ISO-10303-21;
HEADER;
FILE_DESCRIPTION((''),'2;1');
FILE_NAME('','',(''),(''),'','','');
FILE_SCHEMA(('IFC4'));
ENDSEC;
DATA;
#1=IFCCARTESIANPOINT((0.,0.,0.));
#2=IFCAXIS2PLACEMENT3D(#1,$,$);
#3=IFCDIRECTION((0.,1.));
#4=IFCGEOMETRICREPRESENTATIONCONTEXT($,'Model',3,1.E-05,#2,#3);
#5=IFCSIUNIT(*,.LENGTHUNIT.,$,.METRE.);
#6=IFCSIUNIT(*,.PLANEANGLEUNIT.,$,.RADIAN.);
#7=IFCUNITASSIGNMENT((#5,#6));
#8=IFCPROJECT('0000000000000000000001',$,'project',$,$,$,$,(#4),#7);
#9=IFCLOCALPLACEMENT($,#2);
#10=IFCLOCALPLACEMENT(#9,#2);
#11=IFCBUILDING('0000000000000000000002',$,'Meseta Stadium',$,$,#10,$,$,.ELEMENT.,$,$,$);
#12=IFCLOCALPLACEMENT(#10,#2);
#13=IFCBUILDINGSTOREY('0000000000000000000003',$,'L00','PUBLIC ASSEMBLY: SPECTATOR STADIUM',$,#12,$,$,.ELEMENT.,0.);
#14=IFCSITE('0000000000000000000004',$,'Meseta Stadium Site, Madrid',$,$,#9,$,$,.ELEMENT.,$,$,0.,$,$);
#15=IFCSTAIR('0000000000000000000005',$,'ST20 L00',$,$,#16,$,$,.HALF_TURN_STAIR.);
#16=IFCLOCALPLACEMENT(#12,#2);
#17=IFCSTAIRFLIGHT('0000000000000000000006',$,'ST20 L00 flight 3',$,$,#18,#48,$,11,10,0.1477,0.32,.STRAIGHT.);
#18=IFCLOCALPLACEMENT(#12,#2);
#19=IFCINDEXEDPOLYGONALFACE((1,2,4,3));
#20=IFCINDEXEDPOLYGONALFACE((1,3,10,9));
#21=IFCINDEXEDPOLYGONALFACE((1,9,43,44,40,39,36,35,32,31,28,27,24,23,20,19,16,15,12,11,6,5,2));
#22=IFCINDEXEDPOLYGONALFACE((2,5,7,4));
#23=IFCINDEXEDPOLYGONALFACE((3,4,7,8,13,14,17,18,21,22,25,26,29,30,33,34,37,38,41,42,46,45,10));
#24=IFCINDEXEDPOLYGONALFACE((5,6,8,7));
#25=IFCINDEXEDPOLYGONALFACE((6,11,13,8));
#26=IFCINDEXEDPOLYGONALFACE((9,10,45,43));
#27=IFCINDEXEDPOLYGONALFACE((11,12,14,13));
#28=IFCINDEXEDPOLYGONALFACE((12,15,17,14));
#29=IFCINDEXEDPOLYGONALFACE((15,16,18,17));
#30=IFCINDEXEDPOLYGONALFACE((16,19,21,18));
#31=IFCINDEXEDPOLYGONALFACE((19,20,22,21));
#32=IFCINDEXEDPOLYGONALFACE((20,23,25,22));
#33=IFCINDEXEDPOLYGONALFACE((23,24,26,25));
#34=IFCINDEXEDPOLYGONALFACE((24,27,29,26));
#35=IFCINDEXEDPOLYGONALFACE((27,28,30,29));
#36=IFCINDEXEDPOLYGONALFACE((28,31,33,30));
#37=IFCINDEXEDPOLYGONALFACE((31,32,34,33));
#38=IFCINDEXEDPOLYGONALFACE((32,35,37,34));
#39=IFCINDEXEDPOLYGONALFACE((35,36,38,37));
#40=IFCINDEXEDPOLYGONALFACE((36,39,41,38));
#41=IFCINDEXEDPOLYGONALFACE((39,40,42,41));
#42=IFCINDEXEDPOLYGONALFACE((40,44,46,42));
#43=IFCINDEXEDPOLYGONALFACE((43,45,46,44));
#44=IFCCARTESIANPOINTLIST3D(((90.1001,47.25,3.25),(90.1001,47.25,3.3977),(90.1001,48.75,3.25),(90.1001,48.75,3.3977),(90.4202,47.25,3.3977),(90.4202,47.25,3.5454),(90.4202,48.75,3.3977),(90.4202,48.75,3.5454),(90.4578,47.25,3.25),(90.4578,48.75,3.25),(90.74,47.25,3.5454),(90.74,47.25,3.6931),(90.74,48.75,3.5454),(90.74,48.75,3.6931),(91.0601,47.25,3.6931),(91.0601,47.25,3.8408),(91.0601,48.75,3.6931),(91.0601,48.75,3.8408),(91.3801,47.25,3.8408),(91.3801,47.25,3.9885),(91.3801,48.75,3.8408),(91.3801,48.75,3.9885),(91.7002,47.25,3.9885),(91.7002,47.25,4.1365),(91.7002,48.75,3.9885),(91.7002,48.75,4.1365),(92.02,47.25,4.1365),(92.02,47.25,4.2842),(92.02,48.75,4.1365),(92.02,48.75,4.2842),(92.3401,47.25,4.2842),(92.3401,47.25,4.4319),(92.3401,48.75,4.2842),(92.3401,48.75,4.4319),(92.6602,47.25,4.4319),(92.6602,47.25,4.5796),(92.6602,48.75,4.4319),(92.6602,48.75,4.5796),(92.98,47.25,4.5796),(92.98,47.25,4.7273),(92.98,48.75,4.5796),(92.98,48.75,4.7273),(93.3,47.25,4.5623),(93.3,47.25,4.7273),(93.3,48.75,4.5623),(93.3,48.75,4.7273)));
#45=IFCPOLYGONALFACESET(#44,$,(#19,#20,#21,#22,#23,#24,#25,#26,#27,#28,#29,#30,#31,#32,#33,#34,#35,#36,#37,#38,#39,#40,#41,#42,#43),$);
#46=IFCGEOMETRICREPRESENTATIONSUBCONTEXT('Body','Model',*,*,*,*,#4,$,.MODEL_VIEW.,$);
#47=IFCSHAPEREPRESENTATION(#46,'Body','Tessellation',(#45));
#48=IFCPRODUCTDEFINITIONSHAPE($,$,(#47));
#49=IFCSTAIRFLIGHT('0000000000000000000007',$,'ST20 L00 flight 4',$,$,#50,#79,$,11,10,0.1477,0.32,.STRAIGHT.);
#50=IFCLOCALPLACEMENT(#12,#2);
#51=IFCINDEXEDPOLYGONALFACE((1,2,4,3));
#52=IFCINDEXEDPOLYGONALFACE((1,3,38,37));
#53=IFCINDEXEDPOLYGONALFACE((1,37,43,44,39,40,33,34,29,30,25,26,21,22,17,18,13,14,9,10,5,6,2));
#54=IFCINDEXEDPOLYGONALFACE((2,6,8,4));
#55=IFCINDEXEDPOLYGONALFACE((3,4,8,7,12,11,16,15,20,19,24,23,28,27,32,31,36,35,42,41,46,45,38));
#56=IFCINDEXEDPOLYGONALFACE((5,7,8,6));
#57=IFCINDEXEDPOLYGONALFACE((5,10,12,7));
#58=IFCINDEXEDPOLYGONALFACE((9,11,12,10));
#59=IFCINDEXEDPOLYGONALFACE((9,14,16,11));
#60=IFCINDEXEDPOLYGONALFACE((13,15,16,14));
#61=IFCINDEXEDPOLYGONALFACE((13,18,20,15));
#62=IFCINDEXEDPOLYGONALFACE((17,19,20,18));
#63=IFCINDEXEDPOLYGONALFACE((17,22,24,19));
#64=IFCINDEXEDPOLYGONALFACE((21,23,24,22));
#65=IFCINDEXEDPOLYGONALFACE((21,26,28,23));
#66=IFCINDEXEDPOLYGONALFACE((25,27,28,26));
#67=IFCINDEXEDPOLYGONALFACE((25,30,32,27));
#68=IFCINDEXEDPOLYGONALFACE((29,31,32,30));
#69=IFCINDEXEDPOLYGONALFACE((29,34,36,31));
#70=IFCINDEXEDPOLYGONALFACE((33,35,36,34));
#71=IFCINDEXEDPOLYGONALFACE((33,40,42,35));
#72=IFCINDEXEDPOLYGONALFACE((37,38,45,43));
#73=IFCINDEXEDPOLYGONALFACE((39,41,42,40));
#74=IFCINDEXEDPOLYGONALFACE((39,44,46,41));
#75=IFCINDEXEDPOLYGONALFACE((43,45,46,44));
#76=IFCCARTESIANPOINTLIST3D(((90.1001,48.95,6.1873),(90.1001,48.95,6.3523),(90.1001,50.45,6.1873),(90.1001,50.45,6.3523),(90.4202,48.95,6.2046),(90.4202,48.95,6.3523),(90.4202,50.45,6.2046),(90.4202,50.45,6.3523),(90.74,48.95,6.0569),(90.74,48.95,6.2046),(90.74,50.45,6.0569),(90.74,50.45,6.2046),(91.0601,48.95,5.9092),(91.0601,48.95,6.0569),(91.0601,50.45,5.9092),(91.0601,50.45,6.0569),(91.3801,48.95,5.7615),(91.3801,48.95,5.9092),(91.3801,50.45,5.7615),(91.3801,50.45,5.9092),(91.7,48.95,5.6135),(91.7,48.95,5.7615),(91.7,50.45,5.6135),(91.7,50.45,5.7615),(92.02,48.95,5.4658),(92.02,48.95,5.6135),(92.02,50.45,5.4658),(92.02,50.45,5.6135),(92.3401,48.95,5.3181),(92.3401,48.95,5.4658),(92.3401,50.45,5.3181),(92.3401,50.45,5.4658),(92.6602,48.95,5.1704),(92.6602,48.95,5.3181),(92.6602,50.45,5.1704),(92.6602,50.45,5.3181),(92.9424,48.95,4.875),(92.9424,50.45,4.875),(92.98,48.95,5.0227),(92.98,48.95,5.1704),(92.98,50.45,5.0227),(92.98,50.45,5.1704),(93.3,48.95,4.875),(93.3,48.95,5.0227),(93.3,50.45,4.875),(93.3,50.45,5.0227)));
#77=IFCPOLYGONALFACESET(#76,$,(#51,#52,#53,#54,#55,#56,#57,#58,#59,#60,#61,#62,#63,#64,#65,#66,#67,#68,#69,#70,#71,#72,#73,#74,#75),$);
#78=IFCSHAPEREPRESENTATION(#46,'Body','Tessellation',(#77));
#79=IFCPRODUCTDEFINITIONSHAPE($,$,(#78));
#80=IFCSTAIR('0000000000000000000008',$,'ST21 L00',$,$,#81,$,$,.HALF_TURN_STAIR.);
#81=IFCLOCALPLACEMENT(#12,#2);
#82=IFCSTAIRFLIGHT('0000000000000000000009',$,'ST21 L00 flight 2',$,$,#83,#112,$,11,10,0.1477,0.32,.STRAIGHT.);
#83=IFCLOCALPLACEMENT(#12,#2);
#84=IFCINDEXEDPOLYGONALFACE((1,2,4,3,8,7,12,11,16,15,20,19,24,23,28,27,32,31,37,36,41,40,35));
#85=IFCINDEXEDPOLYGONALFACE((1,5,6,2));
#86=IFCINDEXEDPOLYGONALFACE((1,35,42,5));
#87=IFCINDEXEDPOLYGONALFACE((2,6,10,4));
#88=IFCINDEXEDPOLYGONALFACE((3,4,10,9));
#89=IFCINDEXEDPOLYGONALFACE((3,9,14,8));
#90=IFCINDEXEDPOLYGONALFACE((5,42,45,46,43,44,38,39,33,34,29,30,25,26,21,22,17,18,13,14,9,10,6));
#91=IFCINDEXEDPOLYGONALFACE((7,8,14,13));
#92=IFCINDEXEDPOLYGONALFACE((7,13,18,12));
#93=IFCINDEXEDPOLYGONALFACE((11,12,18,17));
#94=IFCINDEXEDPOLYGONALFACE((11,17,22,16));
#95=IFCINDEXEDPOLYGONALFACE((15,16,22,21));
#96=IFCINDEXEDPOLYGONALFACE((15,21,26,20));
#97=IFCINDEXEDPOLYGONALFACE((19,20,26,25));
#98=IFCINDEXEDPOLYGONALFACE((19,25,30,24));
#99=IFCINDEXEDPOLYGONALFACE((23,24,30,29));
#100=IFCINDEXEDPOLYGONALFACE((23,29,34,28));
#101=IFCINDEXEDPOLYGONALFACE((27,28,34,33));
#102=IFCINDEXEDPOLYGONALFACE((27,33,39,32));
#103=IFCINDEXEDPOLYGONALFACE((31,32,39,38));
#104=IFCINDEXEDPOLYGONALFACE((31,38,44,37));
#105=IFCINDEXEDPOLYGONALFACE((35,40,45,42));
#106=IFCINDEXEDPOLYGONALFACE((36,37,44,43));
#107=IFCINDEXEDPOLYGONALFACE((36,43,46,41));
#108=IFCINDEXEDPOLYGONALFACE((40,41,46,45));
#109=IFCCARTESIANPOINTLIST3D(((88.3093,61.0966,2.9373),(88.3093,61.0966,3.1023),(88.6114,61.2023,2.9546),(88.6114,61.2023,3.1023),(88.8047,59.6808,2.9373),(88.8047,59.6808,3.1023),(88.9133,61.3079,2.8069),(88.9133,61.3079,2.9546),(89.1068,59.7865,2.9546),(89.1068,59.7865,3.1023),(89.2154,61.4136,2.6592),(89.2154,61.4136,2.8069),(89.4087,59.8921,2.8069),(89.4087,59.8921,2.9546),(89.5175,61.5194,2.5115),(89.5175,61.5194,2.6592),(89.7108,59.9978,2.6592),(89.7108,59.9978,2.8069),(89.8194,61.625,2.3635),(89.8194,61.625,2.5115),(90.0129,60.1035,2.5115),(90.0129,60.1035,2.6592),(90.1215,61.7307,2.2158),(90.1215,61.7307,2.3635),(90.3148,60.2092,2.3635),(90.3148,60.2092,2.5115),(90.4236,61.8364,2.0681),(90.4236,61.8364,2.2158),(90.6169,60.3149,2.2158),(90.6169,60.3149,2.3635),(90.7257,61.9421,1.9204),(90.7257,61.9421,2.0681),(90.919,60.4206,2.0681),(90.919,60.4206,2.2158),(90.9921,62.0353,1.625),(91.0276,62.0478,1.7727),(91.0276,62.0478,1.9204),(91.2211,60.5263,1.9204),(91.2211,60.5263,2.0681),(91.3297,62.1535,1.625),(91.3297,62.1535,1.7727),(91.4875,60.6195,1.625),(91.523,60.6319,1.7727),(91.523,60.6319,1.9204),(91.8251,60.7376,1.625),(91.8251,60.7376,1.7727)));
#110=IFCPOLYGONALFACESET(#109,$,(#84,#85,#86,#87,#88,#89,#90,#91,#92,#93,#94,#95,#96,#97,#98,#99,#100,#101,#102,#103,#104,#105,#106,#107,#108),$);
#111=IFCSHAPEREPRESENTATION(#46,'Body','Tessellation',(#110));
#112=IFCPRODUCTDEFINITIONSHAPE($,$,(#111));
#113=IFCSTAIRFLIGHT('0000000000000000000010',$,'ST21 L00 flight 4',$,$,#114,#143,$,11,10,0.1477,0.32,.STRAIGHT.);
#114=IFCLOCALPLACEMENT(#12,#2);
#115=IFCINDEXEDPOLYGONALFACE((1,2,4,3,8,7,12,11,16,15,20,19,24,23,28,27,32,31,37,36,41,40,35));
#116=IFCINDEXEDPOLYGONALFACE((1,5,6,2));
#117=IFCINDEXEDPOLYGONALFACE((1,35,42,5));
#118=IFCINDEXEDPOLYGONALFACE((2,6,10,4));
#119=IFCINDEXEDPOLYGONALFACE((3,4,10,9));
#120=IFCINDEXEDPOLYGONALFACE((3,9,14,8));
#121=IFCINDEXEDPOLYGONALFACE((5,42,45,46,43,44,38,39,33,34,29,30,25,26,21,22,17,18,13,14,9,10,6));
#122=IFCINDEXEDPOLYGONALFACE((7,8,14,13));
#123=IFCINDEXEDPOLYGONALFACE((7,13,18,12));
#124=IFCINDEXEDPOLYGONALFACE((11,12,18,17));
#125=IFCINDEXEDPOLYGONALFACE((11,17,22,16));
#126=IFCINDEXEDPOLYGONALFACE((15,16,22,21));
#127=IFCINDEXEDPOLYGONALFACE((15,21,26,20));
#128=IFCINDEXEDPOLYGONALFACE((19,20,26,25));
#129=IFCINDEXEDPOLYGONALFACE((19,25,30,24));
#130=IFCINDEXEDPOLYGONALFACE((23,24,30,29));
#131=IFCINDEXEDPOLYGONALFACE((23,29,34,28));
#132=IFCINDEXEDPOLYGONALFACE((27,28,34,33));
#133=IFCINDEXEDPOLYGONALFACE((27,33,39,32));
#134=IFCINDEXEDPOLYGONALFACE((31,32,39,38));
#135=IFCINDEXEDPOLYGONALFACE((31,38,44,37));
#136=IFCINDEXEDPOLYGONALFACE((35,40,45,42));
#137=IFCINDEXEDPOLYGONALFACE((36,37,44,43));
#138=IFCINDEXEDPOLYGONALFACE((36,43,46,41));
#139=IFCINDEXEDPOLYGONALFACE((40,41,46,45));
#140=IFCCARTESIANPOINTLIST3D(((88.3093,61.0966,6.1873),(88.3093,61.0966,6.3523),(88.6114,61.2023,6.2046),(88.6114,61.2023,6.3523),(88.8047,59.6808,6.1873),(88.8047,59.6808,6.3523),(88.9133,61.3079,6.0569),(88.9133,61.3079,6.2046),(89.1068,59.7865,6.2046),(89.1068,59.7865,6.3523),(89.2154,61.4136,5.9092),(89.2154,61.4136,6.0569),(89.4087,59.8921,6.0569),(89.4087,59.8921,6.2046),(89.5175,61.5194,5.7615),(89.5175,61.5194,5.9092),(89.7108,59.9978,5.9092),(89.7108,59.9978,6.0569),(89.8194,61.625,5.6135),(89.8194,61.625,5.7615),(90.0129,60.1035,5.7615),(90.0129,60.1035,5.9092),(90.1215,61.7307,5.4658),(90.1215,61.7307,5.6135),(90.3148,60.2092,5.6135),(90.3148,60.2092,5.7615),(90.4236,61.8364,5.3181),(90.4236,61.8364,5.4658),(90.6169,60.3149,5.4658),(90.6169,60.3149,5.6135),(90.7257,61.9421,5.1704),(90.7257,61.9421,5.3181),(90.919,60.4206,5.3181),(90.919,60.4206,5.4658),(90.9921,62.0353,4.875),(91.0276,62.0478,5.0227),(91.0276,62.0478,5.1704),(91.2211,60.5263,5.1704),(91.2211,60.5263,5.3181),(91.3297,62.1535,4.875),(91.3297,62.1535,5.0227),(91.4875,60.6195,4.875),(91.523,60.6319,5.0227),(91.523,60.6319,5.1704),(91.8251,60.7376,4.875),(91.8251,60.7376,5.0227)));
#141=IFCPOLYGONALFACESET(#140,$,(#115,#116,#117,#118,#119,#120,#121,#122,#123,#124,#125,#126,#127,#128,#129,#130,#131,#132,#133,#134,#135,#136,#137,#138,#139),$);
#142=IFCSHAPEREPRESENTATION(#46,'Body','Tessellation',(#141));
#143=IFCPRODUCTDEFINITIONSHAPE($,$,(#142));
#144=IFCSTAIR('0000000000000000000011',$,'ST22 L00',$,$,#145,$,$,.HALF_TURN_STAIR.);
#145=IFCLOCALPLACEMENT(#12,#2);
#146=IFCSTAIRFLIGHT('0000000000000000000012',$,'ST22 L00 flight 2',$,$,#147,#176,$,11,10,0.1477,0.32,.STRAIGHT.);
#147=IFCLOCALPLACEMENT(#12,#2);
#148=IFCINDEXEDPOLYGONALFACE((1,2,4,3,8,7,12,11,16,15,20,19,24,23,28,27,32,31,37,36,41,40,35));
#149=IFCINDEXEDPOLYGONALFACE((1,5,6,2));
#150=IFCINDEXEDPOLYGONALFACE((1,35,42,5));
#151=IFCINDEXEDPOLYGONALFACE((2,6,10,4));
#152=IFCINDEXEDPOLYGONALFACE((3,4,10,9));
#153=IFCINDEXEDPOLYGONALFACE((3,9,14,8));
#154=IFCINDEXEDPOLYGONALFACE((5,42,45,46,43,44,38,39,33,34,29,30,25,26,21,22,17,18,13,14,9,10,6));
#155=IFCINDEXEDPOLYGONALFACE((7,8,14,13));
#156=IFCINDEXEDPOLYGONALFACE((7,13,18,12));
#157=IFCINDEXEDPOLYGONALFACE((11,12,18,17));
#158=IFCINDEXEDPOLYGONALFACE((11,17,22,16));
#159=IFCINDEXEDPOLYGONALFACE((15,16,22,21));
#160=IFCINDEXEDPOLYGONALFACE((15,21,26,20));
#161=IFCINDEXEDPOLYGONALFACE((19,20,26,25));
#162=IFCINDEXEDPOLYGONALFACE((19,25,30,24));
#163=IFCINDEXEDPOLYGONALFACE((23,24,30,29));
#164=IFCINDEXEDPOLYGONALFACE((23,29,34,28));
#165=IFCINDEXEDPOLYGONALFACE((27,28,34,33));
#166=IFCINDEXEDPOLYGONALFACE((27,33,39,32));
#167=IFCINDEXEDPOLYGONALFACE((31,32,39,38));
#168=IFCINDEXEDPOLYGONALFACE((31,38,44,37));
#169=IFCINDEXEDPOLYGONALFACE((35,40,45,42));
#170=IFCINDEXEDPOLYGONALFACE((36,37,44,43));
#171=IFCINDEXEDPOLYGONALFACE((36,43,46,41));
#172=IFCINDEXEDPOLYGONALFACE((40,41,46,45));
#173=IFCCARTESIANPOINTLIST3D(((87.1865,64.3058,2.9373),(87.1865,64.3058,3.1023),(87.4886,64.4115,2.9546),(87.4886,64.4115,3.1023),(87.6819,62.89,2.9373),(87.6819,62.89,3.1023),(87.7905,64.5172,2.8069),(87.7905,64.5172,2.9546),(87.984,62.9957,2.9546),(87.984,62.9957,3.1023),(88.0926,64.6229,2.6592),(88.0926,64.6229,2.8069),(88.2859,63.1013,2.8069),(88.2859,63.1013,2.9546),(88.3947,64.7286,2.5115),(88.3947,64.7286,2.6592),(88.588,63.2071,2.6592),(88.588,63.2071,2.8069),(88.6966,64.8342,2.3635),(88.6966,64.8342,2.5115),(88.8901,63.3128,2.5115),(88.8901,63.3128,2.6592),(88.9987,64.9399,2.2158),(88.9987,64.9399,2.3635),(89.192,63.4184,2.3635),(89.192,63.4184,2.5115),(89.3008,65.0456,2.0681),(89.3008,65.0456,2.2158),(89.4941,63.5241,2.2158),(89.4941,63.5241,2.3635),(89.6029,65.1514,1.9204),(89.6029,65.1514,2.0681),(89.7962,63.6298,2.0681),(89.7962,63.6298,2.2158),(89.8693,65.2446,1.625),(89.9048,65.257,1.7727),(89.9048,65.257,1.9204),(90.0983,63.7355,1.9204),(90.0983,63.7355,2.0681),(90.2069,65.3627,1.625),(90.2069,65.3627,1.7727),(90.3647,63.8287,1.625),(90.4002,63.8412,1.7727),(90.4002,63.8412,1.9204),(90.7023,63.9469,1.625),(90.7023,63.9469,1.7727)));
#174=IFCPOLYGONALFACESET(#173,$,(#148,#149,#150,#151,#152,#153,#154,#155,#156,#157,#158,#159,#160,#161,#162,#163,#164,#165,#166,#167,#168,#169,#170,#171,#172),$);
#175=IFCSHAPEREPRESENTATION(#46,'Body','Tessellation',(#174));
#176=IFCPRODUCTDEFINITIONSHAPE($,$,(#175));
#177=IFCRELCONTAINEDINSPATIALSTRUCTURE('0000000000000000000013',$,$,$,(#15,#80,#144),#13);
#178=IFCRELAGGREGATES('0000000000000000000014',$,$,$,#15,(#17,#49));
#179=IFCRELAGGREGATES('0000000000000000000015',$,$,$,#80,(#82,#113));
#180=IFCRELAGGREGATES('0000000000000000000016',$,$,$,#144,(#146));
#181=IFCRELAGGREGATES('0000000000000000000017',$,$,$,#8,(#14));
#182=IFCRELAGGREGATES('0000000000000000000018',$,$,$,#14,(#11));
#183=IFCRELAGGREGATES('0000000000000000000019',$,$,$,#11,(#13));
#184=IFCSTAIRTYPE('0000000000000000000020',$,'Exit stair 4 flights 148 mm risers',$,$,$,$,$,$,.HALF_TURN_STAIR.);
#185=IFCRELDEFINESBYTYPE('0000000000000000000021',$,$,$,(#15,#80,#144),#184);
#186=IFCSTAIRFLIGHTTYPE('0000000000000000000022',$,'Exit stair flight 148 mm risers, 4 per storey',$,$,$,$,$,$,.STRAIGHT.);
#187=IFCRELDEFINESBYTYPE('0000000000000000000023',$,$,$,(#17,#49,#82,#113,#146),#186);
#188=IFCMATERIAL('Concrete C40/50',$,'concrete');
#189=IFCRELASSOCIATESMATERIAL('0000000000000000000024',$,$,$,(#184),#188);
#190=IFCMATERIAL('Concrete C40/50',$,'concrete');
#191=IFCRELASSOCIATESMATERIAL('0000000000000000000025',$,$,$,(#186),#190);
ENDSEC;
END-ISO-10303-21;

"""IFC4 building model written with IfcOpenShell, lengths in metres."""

from ifc_helpers import new_model, si_unit, direction, frame, origin, place, context, subcontext, project, spatial, polyline, outline, extrude, material, type_object, element, aggregate, save


model = new_model("IFC4")

# Units and contexts
model_context = context("Model", 3, precision=1e-05, world=origin(), true_north=direction((0.0, 1.0)))
body_context = subcontext(model_context, "Body", "Model", "MODEL_VIEW")
ifc_project = project(units=[si_unit("LENGTHUNIT", "METRE"), si_unit("PLANEANGLEUNIT", "RADIAN")], contexts=[model_context])

# Site, building, storey
site_placement = place(None, origin())
site = spatial("IfcSite", under=ifc_project, at=site_placement, Name="Meseta Stadium Site, Madrid", CompositionType="ELEMENT", RefElevation=0.0)
building_placement = place(site_placement, origin())
building = spatial("IfcBuilding", under=site, at=building_placement, Name="Meseta Stadium", CompositionType="ELEMENT")
storey_placement = place(building_placement, origin())
storey = spatial("IfcBuildingStorey", under=building, at=storey_placement, Name="L00", Description="PUBLIC ASSEMBLY: SPECTATOR STADIUM", CompositionType="ELEMENT", Elevation=0.0)

# Stairs, stair flights
ifc_material_1 = material(Name="Concrete C40/50", Category="concrete")
stair_type = type_object("IfcStairType", Name="Exit stair 4 flights 148 mm risers", PredefinedType="HALF_TURN_STAIR", material=ifc_material_1)
stair_1_placement = place(storey_placement, origin())
stair_1 = element("IfcStair", 1, at=stair_1_placement, inside=storey, type_object=stair_type, Name="ST20 L00", PredefinedType="HALF_TURN_STAIR")
ifc_material_2 = material(Name="Concrete C40/50", Category="concrete")
stair_flight_type = type_object("IfcStairFlightType", Name="Exit stair flight 148 mm risers, 4 per storey", PredefinedType="STRAIGHT", material=ifc_material_2)
stair_flight_1_placement = place(storey_placement, frame((90.1001, 48.0, 3.25), z_axis=(0.0, 0.0, 1.0), x_axis=(1.0, 0.0, 0.0)))
stair_flight_1 = element("IfcStairFlight", 2, at=stair_flight_1_placement, type_object=stair_flight_type, Name="ST20 L00 flight 3", NumberOfRisers=11, NumberOfTreads=10, PredefinedType="STRAIGHT", RiserHeight=0.1477, TreadLength=0.32, context=body_context, shape_type="SweptSolid", body=[
    extrude(outline(polyline([(0.0, 0.0), (0.0, 0.1477), (0.3201, 0.1477), (0.3201, 0.2954), (0.6399, 0.2954), (0.6399, 0.4431), (0.96, 0.4431), (0.96, 0.5908), (1.28, 0.5908), (1.28, 0.7385), (1.6001, 0.7385), (1.6001, 0.8865), (1.9199, 0.8865), (1.9199, 1.0342), (2.24, 1.0342), (2.24, 1.1819), (2.5601, 1.1819), (2.5601, 1.3296), (2.8799, 1.3296), (2.8799, 1.4773), (3.2, 1.4773), (3.2, 1.3123), (0.3577, 0.0), (0.0, 0.0)])), frame((0.0, 0.75, 0.0), z_axis=(0.0, -1.0, 0.0), x_axis=(1.0, 0.0, 0.0)), (0.0, 0.0, 1.0), 1.5),
])
stair_flight_2_placement = place(storey_placement, frame((93.3, 49.7, 4.875), z_axis=(0.0, 0.0, 1.0), x_axis=(-1.0, 0.0, 0.0)))
stair_flight_2 = element("IfcStairFlight", 3, at=stair_flight_2_placement, type_object=stair_flight_type, Name="ST20 L00 flight 4", NumberOfRisers=11, NumberOfTreads=10, PredefinedType="STRAIGHT", RiserHeight=0.1477, TreadLength=0.32, context=body_context, shape_type="SweptSolid", body=[
    extrude(outline(polyline([(0.0, 0.0), (0.0, 0.1477), (0.3201, 0.1477), (0.3201, 0.2954), (0.6399, 0.2954), (0.6399, 0.4431), (0.96, 0.4431), (0.96, 0.5908), (1.28, 0.5908), (1.28, 0.7385), (1.6001, 0.7385), (1.6001, 0.8865), (1.9199, 0.8865), (1.9199, 1.0342), (2.24, 1.0342), (2.24, 1.1819), (2.5601, 1.1819), (2.5601, 1.3296), (2.8799, 1.3296), (2.8799, 1.4773), (3.2, 1.4773), (3.2, 1.3123), (0.3577, 0.0), (0.0, 0.0)])), frame((0.0, 0.75, 0.0), z_axis=(0.0, -1.0, 0.0), x_axis=(1.0, 0.0, 0.0)), (0.0, 0.0, 1.0), 1.5),
])
aggregate(stair_1, [stair_flight_1, stair_flight_2])
stair_2_placement = place(storey_placement, origin())
stair_2 = element("IfcStair", 4, at=stair_2_placement, inside=storey, type_object=stair_type, Name="ST21 L00", PredefinedType="HALF_TURN_STAIR")
stair_flight_3_placement = place(storey_placement, frame((91.5774, 61.4456, 1.625), z_axis=(0.0, 0.0, 1.0), x_axis=(-0.943883, -0.330279, 0.0)))
stair_flight_3 = element("IfcStairFlight", 5, at=stair_flight_3_placement, type_object=stair_flight_type, Name="ST21 L00 flight 2", NumberOfRisers=11, NumberOfTreads=10, PredefinedType="STRAIGHT", RiserHeight=0.1477, TreadLength=0.32, context=body_context, shape_type="SweptSolid", body=[
    extrude(outline(polyline([(0.0, 0.0), (0.0, 0.1477), (0.3201, 0.1477), (0.3201, 0.2954), (0.6399, 0.2954), (0.6399, 0.4431), (0.96, 0.4431), (0.96, 0.5908), (1.28, 0.5908), (1.28, 0.7385), (1.6001, 0.7385), (1.6001, 0.8865), (1.9199, 0.8865), (1.9199, 1.0342), (2.24, 1.0342), (2.24, 1.1819), (2.5601, 1.1819), (2.5601, 1.3296), (2.8799, 1.3296), (2.8799, 1.4773), (3.2, 1.4773), (3.2, 1.3123), (0.3577, 0.0), (0.0, 0.0)])), frame((0.0, 0.75, 0.0), z_axis=(0.0, -1.0, 0.0), x_axis=(1.0, 0.0, 0.0)), (0.0, 0.0, 1.0), 1.5),
])
stair_flight_4_placement = place(storey_placement, frame((91.5774, 61.4456, 4.875), z_axis=(0.0, 0.0, 1.0), x_axis=(-0.943883, -0.330279, 0.0)))
stair_flight_4 = element("IfcStairFlight", 6, at=stair_flight_4_placement, type_object=stair_flight_type, Name="ST21 L00 flight 4", NumberOfRisers=11, NumberOfTreads=10, PredefinedType="STRAIGHT", RiserHeight=0.1477, TreadLength=0.32, context=body_context, shape_type="SweptSolid", body=[
    extrude(outline(polyline([(0.0, 0.0), (0.0, 0.1477), (0.3201, 0.1477), (0.3201, 0.2954), (0.6399, 0.2954), (0.6399, 0.4431), (0.96, 0.4431), (0.96, 0.5908), (1.28, 0.5908), (1.28, 0.7385), (1.6001, 0.7385), (1.6001, 0.8865), (1.9199, 0.8865), (1.9199, 1.0342), (2.24, 1.0342), (2.24, 1.1819), (2.5601, 1.1819), (2.5601, 1.3296), (2.8799, 1.3296), (2.8799, 1.4773), (3.2, 1.4773), (3.2, 1.3123), (0.3577, 0.0), (0.0, 0.0)])), frame((0.0, 0.75, 0.0), z_axis=(0.0, -1.0, 0.0), x_axis=(1.0, 0.0, 0.0)), (0.0, 0.0, 1.0), 1.5),
])
aggregate(stair_2, [stair_flight_3, stair_flight_4])
stair_3_placement = place(storey_placement, origin())
stair_3 = element("IfcStair", 7, at=stair_3_placement, inside=storey, type_object=stair_type, Name="ST22 L00", PredefinedType="HALF_TURN_STAIR")
stair_flight_5_placement = place(storey_placement, frame((90.4546, 64.6548, 1.625), z_axis=(0.0, 0.0, 1.0), x_axis=(-0.943883, -0.330279, 0.0)))
stair_flight_5 = element("IfcStairFlight", 8, at=stair_flight_5_placement, type_object=stair_flight_type, Name="ST22 L00 flight 2", NumberOfRisers=11, NumberOfTreads=10, PredefinedType="STRAIGHT", RiserHeight=0.1477, TreadLength=0.32, context=body_context, shape_type="SweptSolid", body=[
    extrude(outline(polyline([(0.0, 0.0), (0.0, 0.1477), (0.3201, 0.1477), (0.3201, 0.2954), (0.6399, 0.2954), (0.6399, 0.4431), (0.96, 0.4431), (0.96, 0.5908), (1.28, 0.5908), (1.28, 0.7385), (1.6001, 0.7385), (1.6001, 0.8865), (1.9199, 0.8865), (1.9199, 1.0342), (2.24, 1.0342), (2.24, 1.1819), (2.5601, 1.1819), (2.5601, 1.3296), (2.8799, 1.3296), (2.8799, 1.4773), (3.2, 1.4773), (3.2, 1.3123), (0.3577, 0.0), (0.0, 0.0)])), frame((0.0, 0.75, 0.0), z_axis=(0.0, -1.0, 0.0), x_axis=(1.0, 0.0, 0.0)), (0.0, 0.0, 1.0), 1.5),
])
aggregate(stair_3, [stair_flight_5])

save(model, "model.ifc")
